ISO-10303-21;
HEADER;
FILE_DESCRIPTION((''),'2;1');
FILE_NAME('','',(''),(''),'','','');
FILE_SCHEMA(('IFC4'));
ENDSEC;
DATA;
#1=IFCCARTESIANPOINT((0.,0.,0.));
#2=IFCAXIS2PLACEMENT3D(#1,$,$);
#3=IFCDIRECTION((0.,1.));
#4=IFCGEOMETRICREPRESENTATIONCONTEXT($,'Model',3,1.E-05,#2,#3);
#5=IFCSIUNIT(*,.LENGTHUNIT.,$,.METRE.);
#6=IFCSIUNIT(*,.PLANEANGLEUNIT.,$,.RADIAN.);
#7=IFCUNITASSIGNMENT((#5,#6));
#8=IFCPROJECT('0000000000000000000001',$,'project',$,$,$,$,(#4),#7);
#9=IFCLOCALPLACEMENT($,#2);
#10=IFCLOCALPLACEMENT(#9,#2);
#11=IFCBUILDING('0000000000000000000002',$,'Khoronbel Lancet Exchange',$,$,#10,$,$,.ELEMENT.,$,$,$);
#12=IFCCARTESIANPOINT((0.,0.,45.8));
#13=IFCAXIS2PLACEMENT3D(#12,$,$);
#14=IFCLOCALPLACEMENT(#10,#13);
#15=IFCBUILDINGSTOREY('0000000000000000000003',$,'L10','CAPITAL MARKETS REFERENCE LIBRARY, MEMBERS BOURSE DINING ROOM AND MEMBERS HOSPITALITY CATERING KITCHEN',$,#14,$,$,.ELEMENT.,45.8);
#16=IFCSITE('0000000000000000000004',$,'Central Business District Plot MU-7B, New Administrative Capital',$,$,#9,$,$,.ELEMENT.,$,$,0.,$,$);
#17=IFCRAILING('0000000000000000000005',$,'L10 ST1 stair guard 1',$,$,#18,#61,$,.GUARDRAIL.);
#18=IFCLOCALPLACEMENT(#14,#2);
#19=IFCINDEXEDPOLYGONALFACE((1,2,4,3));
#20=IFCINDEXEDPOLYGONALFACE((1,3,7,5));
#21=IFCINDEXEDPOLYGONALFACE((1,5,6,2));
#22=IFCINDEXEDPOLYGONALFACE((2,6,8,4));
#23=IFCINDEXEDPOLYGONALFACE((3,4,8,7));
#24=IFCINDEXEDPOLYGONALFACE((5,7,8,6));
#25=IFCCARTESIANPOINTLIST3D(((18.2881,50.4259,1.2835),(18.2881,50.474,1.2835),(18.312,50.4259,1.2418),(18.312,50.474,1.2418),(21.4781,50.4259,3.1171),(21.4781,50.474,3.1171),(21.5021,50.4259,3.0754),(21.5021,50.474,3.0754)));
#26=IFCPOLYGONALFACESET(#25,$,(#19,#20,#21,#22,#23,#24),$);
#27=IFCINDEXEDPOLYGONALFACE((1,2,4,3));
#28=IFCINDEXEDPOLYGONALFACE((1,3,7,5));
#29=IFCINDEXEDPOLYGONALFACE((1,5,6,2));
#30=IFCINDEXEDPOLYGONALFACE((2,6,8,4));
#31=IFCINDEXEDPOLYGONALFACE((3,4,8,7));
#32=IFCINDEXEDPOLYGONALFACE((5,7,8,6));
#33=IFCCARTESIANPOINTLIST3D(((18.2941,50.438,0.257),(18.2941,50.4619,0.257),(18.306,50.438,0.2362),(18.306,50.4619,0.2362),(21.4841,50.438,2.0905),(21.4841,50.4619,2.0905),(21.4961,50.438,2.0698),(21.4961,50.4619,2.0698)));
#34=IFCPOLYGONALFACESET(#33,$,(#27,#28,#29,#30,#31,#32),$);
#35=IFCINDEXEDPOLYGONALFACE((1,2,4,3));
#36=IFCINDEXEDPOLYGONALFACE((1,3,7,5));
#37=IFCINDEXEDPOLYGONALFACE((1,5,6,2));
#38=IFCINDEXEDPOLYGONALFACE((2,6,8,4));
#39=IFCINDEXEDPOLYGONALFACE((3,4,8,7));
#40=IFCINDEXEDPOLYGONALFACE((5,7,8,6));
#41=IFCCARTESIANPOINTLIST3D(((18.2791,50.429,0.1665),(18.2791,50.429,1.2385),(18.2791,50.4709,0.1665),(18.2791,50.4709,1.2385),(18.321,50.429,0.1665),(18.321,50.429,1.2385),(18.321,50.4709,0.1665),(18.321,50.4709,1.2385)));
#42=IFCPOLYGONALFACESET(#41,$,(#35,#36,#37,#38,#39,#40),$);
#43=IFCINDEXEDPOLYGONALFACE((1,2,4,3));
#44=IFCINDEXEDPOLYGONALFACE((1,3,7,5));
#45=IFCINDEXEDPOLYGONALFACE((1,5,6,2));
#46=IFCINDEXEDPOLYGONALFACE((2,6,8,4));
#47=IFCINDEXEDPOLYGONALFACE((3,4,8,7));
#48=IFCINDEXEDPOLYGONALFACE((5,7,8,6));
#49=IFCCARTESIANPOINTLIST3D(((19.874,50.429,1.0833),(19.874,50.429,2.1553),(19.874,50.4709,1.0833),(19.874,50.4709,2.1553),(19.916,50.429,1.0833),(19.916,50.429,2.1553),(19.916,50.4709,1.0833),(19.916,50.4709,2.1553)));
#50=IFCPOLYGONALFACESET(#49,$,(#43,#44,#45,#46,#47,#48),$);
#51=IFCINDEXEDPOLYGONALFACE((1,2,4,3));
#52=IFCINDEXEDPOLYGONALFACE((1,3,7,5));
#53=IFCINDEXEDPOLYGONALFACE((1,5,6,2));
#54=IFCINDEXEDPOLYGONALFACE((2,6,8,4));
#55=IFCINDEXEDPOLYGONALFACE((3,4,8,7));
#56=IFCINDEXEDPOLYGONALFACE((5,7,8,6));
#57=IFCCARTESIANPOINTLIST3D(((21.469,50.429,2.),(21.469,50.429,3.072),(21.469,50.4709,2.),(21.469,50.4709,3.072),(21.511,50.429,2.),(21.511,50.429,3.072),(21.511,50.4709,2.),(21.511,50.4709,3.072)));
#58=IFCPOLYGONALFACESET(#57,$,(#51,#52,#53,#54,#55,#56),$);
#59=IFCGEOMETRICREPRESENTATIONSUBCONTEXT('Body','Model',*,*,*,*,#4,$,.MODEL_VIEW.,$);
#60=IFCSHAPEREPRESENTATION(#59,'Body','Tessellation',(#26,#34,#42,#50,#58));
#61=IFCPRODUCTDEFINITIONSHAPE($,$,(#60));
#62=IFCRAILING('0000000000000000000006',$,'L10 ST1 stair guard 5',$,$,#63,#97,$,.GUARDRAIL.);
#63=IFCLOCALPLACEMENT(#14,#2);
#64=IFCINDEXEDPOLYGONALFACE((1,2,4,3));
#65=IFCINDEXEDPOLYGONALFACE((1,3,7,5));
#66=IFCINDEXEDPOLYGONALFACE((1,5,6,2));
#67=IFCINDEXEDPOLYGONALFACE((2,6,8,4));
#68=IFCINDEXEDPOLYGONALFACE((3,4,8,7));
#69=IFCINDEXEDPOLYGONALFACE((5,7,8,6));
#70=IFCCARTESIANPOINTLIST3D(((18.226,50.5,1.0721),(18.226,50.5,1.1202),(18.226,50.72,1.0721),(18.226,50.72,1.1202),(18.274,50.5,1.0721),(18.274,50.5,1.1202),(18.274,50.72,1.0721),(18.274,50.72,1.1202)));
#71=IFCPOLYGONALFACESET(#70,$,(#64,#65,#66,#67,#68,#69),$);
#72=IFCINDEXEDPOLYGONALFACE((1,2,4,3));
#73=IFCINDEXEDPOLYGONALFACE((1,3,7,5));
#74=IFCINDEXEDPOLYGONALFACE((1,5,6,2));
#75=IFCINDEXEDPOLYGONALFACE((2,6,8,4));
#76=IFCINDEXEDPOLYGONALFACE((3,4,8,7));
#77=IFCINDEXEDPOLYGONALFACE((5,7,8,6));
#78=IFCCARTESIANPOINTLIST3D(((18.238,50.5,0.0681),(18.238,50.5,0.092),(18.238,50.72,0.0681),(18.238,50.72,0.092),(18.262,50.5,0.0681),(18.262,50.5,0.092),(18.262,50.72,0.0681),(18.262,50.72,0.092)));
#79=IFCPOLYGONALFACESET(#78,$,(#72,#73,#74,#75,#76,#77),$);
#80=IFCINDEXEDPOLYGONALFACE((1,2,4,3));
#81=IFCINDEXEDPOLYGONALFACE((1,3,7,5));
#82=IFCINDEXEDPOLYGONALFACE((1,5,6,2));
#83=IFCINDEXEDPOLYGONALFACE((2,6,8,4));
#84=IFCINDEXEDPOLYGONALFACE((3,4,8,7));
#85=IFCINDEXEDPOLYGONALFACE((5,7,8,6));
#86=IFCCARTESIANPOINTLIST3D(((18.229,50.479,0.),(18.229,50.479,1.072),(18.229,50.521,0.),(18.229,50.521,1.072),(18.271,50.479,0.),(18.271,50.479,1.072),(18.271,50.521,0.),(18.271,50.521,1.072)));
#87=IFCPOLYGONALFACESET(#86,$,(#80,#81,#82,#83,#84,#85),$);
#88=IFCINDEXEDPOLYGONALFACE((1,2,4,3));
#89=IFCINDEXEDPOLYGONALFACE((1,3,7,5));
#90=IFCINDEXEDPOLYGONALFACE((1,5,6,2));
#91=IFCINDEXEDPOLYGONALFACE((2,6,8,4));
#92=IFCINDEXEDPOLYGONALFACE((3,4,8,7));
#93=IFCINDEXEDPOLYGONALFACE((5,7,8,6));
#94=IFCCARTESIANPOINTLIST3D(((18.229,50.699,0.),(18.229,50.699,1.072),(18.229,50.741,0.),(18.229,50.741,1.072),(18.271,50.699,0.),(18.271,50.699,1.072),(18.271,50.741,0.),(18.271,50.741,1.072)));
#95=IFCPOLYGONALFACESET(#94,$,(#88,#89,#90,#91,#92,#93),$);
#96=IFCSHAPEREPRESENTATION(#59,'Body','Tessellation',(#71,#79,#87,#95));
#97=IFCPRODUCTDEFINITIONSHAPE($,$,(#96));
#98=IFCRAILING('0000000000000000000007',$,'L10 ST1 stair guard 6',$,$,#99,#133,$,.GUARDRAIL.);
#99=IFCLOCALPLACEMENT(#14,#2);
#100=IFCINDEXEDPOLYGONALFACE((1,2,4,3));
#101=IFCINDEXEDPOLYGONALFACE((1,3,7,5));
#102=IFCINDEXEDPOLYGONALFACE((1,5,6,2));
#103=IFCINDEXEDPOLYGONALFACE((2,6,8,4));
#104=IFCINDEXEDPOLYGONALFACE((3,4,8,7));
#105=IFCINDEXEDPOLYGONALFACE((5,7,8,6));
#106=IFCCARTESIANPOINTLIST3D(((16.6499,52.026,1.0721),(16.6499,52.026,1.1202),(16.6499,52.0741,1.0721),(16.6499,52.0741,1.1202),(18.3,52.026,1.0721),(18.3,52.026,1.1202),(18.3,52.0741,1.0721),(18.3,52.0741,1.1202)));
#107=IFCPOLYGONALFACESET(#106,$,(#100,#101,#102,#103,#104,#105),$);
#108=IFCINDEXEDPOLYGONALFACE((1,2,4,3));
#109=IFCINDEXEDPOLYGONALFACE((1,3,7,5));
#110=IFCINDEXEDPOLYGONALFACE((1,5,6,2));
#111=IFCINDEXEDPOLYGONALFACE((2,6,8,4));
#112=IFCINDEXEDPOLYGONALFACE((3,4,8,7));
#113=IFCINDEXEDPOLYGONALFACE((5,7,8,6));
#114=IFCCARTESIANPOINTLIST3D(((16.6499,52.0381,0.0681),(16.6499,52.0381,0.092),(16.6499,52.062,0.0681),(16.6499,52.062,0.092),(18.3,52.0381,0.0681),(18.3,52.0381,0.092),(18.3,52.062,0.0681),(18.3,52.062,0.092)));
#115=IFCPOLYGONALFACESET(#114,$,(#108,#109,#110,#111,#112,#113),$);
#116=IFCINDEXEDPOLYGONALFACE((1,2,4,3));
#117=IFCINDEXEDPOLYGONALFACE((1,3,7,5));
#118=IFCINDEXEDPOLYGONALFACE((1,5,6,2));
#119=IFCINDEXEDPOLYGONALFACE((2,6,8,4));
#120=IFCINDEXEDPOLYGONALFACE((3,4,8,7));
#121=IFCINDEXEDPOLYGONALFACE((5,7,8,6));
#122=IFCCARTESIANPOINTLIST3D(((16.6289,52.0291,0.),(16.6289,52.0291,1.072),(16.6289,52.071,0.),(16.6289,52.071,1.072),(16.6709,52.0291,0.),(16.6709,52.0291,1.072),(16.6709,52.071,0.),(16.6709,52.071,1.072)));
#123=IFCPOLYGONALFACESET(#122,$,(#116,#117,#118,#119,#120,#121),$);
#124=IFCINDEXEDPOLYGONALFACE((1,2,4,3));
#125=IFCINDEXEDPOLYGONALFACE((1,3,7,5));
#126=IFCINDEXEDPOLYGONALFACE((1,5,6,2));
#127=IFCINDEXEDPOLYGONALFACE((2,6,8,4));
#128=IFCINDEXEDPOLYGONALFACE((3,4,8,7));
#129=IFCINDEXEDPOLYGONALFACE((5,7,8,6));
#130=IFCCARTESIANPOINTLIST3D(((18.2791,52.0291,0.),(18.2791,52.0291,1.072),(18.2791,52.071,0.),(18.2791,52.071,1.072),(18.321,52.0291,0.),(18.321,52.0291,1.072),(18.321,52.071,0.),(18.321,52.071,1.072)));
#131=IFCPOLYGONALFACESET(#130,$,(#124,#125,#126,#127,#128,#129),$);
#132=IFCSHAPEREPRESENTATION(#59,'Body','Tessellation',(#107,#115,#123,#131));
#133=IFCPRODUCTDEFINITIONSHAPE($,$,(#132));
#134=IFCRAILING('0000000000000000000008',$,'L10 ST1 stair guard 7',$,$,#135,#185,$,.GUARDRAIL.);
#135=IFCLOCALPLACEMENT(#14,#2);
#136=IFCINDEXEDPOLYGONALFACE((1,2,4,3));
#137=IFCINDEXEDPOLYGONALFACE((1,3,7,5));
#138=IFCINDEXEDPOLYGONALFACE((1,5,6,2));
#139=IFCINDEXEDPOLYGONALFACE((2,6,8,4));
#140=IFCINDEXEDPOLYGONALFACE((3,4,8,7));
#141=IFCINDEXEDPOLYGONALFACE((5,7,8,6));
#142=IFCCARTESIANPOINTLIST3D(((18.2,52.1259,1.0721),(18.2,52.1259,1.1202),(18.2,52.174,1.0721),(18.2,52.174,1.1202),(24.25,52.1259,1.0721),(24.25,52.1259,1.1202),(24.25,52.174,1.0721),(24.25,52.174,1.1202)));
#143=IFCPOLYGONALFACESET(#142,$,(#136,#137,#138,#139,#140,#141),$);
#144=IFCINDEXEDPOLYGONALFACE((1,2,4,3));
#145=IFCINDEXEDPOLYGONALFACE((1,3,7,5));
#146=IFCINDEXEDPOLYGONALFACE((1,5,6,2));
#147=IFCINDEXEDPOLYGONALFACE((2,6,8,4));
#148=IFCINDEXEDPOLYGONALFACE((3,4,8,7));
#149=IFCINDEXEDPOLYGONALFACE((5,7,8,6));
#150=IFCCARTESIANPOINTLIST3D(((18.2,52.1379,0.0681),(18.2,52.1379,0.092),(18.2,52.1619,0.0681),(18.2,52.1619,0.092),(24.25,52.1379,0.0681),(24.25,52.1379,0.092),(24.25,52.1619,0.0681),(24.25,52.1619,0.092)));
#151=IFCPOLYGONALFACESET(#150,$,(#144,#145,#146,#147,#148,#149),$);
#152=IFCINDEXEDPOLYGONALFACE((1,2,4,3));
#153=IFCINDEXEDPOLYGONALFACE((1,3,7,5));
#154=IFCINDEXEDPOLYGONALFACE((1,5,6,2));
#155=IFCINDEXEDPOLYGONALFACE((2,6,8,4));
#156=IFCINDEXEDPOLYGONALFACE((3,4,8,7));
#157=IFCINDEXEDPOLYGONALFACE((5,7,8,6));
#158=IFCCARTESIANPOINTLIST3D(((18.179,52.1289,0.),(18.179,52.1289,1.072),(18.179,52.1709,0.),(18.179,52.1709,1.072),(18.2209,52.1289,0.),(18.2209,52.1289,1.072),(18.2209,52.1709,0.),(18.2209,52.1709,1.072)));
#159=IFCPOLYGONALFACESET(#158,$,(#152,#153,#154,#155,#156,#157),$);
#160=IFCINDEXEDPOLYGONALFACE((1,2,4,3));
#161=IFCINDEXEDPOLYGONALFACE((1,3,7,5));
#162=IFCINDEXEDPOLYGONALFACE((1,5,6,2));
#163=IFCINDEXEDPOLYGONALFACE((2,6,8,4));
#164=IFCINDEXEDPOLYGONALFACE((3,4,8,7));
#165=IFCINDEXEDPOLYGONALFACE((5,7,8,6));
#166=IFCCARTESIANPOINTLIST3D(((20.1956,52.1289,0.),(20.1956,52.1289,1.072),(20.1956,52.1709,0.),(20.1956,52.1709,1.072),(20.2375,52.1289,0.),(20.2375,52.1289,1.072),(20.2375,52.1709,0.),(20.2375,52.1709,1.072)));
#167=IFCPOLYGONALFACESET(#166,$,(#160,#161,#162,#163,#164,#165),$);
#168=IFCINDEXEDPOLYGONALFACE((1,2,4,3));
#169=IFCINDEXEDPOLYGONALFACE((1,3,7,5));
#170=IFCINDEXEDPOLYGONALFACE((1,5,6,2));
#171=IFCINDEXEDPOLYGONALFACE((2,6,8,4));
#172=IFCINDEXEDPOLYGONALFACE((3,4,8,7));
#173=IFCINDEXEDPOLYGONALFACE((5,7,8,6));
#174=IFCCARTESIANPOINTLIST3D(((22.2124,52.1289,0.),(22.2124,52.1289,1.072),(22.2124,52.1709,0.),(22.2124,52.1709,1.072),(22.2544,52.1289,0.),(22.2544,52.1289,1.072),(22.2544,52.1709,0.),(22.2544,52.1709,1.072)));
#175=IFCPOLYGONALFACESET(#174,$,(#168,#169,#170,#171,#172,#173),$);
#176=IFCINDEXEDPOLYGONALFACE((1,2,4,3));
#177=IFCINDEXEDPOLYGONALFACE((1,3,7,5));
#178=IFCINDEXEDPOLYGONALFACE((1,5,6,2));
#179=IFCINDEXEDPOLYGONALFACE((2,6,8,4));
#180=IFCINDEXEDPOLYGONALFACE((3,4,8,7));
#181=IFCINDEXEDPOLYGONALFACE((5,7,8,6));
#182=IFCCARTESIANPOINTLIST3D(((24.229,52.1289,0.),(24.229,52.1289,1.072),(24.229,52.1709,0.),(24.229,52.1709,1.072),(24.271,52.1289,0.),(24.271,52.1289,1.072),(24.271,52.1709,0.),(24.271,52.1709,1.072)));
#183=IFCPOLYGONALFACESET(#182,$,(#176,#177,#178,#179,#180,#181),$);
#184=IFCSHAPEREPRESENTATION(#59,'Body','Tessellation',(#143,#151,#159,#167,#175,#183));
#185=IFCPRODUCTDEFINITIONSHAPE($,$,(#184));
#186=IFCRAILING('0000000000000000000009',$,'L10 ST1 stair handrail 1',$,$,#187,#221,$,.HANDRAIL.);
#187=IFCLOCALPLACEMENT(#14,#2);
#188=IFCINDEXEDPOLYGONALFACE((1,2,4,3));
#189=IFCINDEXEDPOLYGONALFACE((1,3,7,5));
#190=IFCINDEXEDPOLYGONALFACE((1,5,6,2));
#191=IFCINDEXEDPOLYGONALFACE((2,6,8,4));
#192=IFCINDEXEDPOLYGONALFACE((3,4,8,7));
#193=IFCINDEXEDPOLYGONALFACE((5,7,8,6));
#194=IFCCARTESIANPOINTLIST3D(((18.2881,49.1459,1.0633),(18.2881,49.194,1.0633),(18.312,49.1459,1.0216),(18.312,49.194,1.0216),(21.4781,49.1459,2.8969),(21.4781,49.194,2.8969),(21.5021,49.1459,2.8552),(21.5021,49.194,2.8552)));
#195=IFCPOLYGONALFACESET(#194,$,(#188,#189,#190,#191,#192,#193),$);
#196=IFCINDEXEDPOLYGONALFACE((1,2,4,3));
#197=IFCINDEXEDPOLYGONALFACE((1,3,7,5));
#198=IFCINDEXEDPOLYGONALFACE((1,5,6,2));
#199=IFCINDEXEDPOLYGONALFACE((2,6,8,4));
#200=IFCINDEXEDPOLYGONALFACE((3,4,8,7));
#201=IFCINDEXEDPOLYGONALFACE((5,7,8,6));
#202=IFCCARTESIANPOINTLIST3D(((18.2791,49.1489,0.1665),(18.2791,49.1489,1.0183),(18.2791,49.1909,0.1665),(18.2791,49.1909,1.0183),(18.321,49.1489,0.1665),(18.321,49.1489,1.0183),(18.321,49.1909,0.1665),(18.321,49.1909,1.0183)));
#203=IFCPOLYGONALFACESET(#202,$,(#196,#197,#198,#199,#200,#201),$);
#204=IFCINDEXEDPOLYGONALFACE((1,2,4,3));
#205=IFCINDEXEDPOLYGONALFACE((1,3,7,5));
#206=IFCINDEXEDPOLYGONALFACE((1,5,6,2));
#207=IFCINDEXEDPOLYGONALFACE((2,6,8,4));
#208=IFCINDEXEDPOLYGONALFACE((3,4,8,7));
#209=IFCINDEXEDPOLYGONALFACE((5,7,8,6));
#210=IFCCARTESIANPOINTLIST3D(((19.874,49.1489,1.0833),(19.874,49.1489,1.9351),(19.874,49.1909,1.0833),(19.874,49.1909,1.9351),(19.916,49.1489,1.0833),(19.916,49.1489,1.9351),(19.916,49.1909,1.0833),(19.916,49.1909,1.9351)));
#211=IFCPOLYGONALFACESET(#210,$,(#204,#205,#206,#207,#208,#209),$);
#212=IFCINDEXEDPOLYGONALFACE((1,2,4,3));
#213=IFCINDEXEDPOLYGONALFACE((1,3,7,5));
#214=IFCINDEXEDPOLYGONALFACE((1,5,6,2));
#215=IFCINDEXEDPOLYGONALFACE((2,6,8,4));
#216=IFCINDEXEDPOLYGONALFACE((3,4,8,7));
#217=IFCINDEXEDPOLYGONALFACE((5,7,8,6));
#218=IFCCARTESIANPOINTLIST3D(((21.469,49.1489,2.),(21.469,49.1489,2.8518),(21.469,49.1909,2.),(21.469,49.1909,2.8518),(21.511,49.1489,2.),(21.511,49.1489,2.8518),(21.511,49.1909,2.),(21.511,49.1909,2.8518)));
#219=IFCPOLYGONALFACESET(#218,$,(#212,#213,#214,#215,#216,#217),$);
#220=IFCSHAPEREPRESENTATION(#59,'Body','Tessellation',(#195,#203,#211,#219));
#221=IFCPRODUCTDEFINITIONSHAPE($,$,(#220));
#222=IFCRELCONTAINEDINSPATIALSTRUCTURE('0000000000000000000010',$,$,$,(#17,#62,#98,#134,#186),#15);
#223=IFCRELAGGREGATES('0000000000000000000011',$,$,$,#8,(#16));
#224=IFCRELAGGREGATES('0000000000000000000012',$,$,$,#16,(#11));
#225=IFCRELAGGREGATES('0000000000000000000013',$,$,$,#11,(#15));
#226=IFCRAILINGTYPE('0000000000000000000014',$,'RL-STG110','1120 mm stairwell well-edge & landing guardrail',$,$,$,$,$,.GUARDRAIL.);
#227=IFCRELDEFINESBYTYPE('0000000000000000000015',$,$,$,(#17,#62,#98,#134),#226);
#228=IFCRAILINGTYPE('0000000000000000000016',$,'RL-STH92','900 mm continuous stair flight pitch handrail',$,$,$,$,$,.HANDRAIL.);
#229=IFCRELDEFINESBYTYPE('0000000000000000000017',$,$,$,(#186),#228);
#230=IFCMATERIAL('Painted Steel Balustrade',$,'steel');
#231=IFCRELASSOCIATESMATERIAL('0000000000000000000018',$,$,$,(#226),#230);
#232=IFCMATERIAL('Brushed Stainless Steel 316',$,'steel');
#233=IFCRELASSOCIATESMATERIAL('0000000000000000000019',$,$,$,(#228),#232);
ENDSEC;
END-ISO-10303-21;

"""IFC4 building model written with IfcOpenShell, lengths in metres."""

from ifc_helpers import new_model, si_unit, direction, frame, origin, origin_2d, place, context, subcontext, project, spatial, rectangle, extrude, material, type_object, element, save


model = new_model("IFC4")

# Units and contexts
model_context = context("Model", 3, precision=1e-05, world=origin(), true_north=direction((0.0, 1.0)))
body_context = subcontext(model_context, "Body", "Model", "MODEL_VIEW")
ifc_project = project(units=[si_unit("LENGTHUNIT", "METRE"), si_unit("PLANEANGLEUNIT", "RADIAN")], contexts=[model_context])

# Site, building, storey
site_placement = place(None, origin())
site = spatial("IfcSite", under=ifc_project, at=site_placement, Name="Central Business District Plot MU-7B, New Administrative Capital", CompositionType="ELEMENT", RefElevation=0.0)
building_placement = place(site_placement, origin())
building = spatial("IfcBuilding", under=site, at=building_placement, Name="Khoronbel Lancet Exchange", CompositionType="ELEMENT")
storey_placement = place(building_placement, frame((0.0, 0.0, 45.8)))
storey = spatial("IfcBuildingStorey", under=building, at=storey_placement, Name="L10", Description="CAPITAL MARKETS REFERENCE LIBRARY, MEMBERS BOURSE DINING ROOM AND MEMBERS HOSPITALITY CATERING KITCHEN", CompositionType="ELEMENT", Elevation=45.8)

# Railings
ifc_material_1 = material(Name="Painted Steel Balustrade", Category="steel")
railing_type_1 = type_object("IfcRailingType", Name="RL-STG110", Description="1120 mm stairwell well-edge & landing guardrail", PredefinedType="GUARDRAIL", material=ifc_material_1)
railing_1_placement = place(storey_placement, frame((18.3, 50.45, 0.1665)))
element("IfcRailing", 1, at=railing_1_placement, inside=storey, type_object=railing_type_1, Name="L10 ST1 stair guard 1", PredefinedType="GUARDRAIL", context=body_context, shape_type="SweptSolid", body=[
    extrude(rectangle(XDim=0.0481, YDim=0.0481, at=origin_2d()), frame((0.0, 0.0, 1.0962), z_axis=(0.866991, 0.0, 0.498324), x_axis=(0.0, 1.0, 0.0)), (0.0, 0.0, 1.0), 3.6794),
    extrude(rectangle(XDim=0.0239, YDim=0.0239, at=origin_2d()), frame((0.0, 0.0, 0.0801), z_axis=(0.866991, 0.0, 0.498324), x_axis=(0.0, 1.0, 0.0)), (0.0, 0.0, 1.0), 3.6794),
    extrude(rectangle(XDim=0.042, YDim=0.042, at=origin_2d()), origin(), (0.0, 0.0, 1.0), 1.072),
    extrude(rectangle(XDim=0.042, YDim=0.042, at=origin_2d()), frame((1.595, 0.0, 0.9167)), (0.0, 0.0, 1.0), 1.072),
    extrude(rectangle(XDim=0.042, YDim=0.042, at=origin_2d()), frame((3.1899, 0.0, 1.8335)), (0.0, 0.0, 1.0), 1.072),
])
railing_2_placement = place(storey_placement, frame((18.25, 50.5, 0.0)))
element("IfcRailing", 2, at=railing_2_placement, inside=storey, type_object=railing_type_1, Name="L10 ST1 stair guard 5", PredefinedType="GUARDRAIL", context=body_context, shape_type="SweptSolid", body=[
    extrude(rectangle(XDim=0.0481, YDim=0.0481, at=origin_2d()), frame((0.0, 0.0, 1.0962), z_axis=(0.0, 1.0, 0.0), x_axis=(-1.0, 0.0, 0.0)), (0.0, 0.0, 1.0), 0.22),
    extrude(rectangle(XDim=0.0239, YDim=0.0239, at=origin_2d()), frame((0.0, 0.0, 0.0801), z_axis=(0.0, 1.0, 0.0), x_axis=(-1.0, 0.0, 0.0)), (0.0, 0.0, 1.0), 0.22),
    extrude(rectangle(XDim=0.042, YDim=0.042, at=origin_2d()), origin(), (0.0, 0.0, 1.0), 1.072),
    extrude(rectangle(XDim=0.042, YDim=0.042, at=origin_2d()), frame((0.0, 0.22, 0.0)), (0.0, 0.0, 1.0), 1.072),
])
railing_3_placement = place(storey_placement, frame((16.6499, 52.05, 0.0)))
element("IfcRailing", 3, at=railing_3_placement, inside=storey, type_object=railing_type_1, Name="L10 ST1 stair guard 6", PredefinedType="GUARDRAIL", context=body_context, shape_type="SweptSolid", body=[
    extrude(rectangle(XDim=0.0481, YDim=0.0481, at=origin_2d()), frame((0.0, 0.0, 1.0962), z_axis=(1.0, 0.0, 0.0), x_axis=(0.0, 1.0, 0.0)), (0.0, 0.0, 1.0), 1.6501),
    extrude(rectangle(XDim=0.0239, YDim=0.0239, at=origin_2d()), frame((0.0, 0.0, 0.0801), z_axis=(1.0, 0.0, 0.0), x_axis=(0.0, 1.0, 0.0)), (0.0, 0.0, 1.0), 1.6501),
    extrude(rectangle(XDim=0.042, YDim=0.042, at=origin_2d()), origin(), (0.0, 0.0, 1.0), 1.072),
    extrude(rectangle(XDim=0.042, YDim=0.042, at=origin_2d()), frame((1.6501, 0.0, 0.0)), (0.0, 0.0, 1.0), 1.072),
])
railing_4_placement = place(storey_placement, frame((18.2, 52.1499, 0.0)))
element("IfcRailing", 4, at=railing_4_placement, inside=storey, type_object=railing_type_1, Name="L10 ST1 stair guard 7", PredefinedType="GUARDRAIL", context=body_context, shape_type="SweptSolid", body=[
    extrude(rectangle(XDim=0.0481, YDim=0.0481, at=origin_2d()), frame((0.0, 0.0, 1.0962), z_axis=(1.0, 0.0, 0.0), x_axis=(0.0, 1.0, 0.0)), (0.0, 0.0, 1.0), 6.05),
    extrude(rectangle(XDim=0.0239, YDim=0.0239, at=origin_2d()), frame((0.0, 0.0, 0.0801), z_axis=(1.0, 0.0, 0.0), x_axis=(0.0, 1.0, 0.0)), (0.0, 0.0, 1.0), 6.05),
    extrude(rectangle(XDim=0.042, YDim=0.042, at=origin_2d()), origin(), (0.0, 0.0, 1.0), 1.072),
    extrude(rectangle(XDim=0.042, YDim=0.042, at=origin_2d()), frame((2.0166, 0.0, 0.0)), (0.0, 0.0, 1.0), 1.072),
    extrude(rectangle(XDim=0.042, YDim=0.042, at=origin_2d()), frame((4.0334, 0.0, 0.0)), (0.0, 0.0, 1.0), 1.072),
    extrude(rectangle(XDim=0.042, YDim=0.042, at=origin_2d()), frame((6.05, 0.0, 0.0)), (0.0, 0.0, 1.0), 1.072),
])
ifc_material_2 = material(Name="Brushed Stainless Steel 316", Category="steel")
railing_type_2 = type_object("IfcRailingType", Name="RL-STH92", Description="900 mm continuous stair flight pitch handrail", PredefinedType="HANDRAIL", material=ifc_material_2)
railing_5_placement = place(storey_placement, frame((18.3, 49.1699, 0.1665)))
element("IfcRailing", 5, at=railing_5_placement, inside=storey, type_object=railing_type_2, Name="L10 ST1 stair handrail 1", PredefinedType="HANDRAIL", context=body_context, shape_type="SweptSolid", body=[
    extrude(rectangle(XDim=0.0481, YDim=0.0481, at=origin_2d()), frame((0.0, 0.0, 0.876), z_axis=(0.866991, 0.0, 0.498324), x_axis=(0.0, 1.0, 0.0)), (0.0, 0.0, 1.0), 3.6794),
    extrude(rectangle(XDim=0.042, YDim=0.042, at=origin_2d()), origin(), (0.0, 0.0, 1.0), 0.8518),
    extrude(rectangle(XDim=0.042, YDim=0.042, at=origin_2d()), frame((1.595, 0.0, 0.9167)), (0.0, 0.0, 1.0), 0.8518),
    extrude(rectangle(XDim=0.042, YDim=0.042, at=origin_2d()), frame((3.1899, 0.0, 1.8335)), (0.0, 0.0, 1.0), 0.8518),
])

save(model, "model.ifc")
